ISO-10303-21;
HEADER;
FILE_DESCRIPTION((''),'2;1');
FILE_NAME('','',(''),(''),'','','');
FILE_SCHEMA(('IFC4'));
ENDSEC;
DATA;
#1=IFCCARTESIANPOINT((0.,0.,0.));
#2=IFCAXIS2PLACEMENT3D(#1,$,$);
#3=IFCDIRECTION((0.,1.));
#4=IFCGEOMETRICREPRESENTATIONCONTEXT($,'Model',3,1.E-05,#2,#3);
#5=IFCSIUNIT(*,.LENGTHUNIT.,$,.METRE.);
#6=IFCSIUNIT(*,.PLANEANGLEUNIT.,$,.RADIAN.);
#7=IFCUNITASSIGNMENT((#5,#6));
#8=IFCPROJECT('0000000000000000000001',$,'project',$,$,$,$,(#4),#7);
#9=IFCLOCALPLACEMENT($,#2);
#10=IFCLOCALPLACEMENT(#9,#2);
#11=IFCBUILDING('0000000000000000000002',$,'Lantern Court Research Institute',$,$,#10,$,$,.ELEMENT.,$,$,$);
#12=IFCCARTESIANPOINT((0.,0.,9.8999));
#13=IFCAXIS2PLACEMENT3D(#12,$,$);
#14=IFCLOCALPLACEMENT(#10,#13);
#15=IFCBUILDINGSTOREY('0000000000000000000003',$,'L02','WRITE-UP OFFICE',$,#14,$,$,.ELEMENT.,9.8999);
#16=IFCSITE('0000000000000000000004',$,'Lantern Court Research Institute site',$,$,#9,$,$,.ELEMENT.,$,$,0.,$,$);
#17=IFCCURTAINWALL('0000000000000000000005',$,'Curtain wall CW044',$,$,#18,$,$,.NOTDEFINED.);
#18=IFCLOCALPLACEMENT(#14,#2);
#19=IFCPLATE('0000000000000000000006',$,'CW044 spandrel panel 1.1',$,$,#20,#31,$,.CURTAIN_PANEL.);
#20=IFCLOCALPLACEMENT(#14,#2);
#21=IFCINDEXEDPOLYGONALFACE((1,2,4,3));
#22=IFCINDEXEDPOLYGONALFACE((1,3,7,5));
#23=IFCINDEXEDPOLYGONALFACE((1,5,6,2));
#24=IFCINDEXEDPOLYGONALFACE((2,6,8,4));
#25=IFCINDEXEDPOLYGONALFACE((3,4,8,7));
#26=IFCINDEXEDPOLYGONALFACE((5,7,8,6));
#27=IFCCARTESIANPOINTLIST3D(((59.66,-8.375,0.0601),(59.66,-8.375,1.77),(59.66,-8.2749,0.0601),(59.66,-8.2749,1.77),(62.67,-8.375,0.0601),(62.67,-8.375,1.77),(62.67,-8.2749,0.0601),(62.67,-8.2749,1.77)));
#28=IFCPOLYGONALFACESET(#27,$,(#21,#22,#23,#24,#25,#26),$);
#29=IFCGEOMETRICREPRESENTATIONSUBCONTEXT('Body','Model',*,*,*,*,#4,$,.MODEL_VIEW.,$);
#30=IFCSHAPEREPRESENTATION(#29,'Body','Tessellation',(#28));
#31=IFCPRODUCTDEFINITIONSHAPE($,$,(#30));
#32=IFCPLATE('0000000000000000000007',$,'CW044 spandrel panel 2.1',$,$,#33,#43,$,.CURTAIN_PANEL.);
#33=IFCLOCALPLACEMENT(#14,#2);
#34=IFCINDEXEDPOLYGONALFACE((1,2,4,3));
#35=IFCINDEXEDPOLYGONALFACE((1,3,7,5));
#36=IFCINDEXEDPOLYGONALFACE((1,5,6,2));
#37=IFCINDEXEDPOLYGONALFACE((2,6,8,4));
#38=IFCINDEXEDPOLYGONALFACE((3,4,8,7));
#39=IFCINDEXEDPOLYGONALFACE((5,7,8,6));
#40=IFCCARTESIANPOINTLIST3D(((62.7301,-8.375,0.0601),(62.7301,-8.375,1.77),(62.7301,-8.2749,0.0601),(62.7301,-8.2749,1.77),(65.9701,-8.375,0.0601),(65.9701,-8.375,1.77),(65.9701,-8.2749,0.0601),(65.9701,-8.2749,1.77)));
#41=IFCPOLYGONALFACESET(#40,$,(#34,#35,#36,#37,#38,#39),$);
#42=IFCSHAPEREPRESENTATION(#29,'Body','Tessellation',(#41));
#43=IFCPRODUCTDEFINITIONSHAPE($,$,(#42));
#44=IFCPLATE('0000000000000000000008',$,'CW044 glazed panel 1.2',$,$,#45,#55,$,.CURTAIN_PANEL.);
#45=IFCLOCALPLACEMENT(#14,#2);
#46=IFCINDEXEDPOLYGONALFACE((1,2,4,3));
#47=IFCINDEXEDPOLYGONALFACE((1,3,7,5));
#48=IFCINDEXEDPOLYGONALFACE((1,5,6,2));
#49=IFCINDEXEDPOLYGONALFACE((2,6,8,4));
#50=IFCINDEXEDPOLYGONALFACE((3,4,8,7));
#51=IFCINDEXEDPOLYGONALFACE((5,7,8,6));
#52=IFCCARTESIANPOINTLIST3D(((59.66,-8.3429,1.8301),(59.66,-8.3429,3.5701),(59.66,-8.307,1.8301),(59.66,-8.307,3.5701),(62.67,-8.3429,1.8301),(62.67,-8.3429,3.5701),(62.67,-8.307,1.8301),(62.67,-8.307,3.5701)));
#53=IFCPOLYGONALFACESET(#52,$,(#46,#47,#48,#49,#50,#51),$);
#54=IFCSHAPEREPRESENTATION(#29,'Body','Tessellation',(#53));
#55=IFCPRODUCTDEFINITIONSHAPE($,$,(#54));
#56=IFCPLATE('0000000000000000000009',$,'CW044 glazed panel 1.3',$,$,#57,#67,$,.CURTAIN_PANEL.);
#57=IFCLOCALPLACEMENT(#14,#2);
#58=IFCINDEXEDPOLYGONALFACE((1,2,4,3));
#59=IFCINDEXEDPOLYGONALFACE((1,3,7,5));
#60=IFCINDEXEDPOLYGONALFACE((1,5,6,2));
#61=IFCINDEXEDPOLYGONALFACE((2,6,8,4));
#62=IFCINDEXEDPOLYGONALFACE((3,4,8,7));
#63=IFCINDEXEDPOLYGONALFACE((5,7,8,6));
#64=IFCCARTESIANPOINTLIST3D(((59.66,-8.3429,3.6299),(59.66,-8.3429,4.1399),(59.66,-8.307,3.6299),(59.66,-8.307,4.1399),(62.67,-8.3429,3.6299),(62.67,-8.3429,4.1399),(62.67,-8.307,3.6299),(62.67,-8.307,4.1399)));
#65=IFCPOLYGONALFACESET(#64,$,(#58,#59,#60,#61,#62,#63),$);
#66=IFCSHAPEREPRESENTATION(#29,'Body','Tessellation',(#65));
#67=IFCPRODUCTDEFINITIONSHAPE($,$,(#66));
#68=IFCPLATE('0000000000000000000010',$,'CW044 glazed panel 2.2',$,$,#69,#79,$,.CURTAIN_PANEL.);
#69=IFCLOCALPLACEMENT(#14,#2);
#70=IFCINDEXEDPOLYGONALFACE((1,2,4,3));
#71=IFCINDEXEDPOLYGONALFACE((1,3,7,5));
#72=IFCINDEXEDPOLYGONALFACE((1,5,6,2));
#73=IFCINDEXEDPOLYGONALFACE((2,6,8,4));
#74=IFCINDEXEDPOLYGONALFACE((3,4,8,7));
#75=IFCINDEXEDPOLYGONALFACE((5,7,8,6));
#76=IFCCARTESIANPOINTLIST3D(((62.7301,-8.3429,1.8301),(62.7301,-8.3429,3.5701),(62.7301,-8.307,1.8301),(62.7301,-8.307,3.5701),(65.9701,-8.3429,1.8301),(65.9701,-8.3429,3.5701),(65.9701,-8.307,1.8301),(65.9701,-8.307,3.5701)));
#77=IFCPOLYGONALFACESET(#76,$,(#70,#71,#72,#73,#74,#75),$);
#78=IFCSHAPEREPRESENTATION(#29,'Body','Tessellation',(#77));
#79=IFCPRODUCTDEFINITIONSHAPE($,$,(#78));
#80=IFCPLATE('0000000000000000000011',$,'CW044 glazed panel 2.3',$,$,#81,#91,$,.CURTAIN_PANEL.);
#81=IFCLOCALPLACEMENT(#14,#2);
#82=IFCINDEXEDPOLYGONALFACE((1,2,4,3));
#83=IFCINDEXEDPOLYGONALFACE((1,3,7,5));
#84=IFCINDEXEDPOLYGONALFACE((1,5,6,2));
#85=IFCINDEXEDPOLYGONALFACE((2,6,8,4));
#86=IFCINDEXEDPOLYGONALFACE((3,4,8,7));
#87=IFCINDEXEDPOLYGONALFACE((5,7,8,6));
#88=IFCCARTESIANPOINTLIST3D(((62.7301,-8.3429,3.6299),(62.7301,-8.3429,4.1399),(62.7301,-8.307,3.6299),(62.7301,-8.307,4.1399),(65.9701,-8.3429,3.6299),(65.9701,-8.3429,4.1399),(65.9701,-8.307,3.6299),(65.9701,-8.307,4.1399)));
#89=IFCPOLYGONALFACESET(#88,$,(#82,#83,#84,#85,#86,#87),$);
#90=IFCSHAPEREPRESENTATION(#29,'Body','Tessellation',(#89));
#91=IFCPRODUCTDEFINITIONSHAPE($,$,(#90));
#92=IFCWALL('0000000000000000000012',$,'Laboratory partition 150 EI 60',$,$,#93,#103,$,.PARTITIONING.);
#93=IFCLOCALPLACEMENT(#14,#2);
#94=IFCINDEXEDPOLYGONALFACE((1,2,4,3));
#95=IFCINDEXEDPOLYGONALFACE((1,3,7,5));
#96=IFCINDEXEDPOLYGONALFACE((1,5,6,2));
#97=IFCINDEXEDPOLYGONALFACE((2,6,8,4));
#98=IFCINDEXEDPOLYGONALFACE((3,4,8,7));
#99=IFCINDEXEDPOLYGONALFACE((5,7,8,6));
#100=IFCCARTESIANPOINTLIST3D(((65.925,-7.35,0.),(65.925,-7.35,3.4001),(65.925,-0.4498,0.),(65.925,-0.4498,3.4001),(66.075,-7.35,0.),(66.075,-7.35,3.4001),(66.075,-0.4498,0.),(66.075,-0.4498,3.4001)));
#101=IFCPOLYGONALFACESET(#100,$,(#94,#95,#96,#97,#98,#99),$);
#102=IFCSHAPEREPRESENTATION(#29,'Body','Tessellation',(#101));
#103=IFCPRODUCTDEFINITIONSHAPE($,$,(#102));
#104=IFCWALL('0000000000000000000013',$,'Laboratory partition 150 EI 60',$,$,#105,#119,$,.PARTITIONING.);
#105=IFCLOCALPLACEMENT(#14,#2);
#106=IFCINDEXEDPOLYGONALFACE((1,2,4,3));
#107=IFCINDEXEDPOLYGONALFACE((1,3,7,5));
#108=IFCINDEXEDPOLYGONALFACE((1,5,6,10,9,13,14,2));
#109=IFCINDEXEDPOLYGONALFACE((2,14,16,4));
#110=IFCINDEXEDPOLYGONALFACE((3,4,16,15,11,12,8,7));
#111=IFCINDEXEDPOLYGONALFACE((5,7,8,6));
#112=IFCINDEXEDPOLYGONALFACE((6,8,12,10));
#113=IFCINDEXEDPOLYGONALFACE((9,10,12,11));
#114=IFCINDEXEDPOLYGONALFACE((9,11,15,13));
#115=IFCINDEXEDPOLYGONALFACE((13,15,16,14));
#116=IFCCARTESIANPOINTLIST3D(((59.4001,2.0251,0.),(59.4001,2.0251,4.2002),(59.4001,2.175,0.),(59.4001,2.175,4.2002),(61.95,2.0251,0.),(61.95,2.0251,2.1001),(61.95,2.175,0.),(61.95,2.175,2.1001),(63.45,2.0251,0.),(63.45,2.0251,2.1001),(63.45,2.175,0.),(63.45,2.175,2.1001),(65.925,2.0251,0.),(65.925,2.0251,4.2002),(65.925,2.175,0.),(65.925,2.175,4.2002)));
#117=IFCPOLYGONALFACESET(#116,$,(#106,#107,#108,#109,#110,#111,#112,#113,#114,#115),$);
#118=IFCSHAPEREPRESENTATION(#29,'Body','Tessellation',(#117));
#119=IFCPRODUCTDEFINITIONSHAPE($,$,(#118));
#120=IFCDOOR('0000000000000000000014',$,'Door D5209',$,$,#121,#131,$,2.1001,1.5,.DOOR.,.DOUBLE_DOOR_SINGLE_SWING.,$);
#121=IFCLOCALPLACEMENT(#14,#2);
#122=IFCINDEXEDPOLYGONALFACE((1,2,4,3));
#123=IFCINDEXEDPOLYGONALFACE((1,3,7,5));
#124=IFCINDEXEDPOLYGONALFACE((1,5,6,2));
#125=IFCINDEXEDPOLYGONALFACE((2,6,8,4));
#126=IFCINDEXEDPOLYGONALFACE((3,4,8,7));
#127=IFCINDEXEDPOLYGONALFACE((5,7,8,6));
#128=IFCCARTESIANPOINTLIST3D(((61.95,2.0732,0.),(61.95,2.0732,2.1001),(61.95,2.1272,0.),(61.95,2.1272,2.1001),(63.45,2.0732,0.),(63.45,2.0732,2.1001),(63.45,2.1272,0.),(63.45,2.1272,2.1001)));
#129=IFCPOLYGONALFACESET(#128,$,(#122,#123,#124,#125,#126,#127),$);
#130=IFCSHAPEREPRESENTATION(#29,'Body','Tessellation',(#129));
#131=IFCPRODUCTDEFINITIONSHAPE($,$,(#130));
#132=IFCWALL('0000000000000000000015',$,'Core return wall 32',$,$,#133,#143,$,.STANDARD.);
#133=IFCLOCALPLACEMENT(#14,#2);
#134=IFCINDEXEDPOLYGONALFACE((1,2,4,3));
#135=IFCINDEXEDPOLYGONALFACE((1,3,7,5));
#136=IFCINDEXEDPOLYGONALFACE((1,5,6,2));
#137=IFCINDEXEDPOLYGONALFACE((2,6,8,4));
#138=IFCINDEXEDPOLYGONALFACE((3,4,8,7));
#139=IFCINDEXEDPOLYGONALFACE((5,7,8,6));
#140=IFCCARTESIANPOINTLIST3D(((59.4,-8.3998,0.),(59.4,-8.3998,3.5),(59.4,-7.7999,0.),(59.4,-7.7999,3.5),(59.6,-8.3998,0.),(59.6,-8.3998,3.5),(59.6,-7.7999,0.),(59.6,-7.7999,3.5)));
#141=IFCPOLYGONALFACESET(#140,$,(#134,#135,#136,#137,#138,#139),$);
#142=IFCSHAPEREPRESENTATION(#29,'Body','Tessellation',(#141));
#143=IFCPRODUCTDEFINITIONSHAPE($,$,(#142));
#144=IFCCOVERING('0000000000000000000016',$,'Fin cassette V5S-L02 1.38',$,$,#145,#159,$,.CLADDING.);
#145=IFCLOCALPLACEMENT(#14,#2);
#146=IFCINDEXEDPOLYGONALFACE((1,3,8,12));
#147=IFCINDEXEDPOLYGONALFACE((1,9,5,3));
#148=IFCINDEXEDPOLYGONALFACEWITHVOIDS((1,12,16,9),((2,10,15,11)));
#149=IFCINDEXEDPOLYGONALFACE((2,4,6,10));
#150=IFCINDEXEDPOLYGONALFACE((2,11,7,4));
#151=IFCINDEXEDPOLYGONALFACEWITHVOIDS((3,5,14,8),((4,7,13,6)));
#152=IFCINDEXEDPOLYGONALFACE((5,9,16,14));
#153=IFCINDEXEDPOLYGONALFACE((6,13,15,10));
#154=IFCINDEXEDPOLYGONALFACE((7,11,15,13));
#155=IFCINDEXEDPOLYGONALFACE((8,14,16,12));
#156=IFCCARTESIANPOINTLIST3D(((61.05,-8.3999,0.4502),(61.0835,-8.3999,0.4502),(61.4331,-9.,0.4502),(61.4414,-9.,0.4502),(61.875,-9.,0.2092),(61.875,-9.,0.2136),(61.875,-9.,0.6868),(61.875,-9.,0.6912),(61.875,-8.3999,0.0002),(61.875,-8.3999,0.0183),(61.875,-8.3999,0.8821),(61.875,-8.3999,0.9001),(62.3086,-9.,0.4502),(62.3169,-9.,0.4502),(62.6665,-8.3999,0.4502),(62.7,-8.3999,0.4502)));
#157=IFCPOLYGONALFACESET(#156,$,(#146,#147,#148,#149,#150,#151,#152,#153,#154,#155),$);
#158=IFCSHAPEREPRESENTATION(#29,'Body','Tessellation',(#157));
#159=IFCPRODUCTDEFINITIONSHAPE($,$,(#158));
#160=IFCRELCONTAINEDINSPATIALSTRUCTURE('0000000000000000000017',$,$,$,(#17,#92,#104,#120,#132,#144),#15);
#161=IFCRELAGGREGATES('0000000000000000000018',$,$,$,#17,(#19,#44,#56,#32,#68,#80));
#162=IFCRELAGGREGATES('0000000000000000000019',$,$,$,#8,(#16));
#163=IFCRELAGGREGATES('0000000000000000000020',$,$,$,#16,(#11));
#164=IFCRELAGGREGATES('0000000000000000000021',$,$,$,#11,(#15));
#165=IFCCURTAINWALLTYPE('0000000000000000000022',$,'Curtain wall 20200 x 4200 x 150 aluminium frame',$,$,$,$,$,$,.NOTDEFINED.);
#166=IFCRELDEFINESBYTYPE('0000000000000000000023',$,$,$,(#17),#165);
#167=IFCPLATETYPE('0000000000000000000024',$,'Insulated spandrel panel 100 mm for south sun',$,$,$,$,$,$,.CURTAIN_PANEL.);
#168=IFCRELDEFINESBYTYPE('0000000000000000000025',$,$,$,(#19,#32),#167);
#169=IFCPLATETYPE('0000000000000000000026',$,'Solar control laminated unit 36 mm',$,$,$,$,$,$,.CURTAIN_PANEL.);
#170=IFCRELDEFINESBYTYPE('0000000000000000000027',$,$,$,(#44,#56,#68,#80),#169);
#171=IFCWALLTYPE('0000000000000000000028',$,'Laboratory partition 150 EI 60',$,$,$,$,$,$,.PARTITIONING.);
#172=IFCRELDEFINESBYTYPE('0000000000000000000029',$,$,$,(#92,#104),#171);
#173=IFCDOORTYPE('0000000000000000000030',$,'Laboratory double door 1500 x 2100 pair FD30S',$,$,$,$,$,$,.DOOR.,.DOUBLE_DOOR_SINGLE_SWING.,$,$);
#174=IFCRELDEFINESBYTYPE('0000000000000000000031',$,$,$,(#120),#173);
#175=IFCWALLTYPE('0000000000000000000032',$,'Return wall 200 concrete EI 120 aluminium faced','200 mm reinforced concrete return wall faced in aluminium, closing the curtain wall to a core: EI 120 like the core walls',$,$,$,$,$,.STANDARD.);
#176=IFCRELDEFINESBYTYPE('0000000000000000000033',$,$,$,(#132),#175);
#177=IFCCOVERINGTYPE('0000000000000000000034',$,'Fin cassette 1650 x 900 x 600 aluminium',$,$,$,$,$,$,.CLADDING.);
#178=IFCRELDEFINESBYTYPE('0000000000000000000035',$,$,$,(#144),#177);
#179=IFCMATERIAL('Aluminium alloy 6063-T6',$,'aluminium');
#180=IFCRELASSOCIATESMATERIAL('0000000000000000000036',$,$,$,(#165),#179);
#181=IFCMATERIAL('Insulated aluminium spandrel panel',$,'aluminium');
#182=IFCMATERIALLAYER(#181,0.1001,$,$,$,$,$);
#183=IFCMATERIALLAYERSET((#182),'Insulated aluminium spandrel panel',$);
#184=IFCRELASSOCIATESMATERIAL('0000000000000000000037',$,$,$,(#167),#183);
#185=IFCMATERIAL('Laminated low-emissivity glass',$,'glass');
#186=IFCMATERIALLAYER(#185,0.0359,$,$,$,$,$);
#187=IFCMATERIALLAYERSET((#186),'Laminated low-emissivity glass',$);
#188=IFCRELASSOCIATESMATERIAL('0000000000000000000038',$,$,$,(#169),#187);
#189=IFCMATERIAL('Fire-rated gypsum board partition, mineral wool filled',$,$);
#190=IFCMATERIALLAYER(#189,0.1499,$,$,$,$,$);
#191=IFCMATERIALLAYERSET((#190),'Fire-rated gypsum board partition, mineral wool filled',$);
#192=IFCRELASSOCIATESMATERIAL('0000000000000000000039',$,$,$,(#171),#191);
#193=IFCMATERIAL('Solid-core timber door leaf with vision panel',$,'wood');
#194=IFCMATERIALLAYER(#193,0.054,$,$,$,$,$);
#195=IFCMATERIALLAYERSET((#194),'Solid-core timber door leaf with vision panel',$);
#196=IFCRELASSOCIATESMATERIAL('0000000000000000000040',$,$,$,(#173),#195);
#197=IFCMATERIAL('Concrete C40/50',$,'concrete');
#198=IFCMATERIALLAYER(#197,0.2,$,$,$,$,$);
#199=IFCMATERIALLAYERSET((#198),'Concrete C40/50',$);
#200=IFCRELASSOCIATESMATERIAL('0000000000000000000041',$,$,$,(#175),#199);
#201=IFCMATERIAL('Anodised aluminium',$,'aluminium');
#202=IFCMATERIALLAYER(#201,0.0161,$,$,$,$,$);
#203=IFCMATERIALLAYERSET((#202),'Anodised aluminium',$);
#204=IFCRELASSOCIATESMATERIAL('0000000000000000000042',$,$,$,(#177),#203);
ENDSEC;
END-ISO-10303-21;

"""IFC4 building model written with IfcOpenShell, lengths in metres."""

from ifc_helpers import new_model, entity, si_unit, direction, frame, frame_2d, origin, origin_2d, place, context, subcontext, project, spatial, rectangle, extrude, material, layer, layer_set, type_object, element, fill, aggregate, save


model = new_model("IFC4")

# Units and contexts
model_context = context("Model", 3, precision=1e-05, world=origin(), true_north=direction((0.0, 1.0)))
body_context = subcontext(model_context, "Body", "Model", "MODEL_VIEW")
ifc_project = project(units=[si_unit("LENGTHUNIT", "METRE"), si_unit("PLANEANGLEUNIT", "RADIAN")], contexts=[model_context])

# Site, building, storey
site_placement = place(None, origin())
site = spatial("IfcSite", under=ifc_project, at=site_placement, Name="Lantern Court Research Institute site", CompositionType="ELEMENT", RefElevation=0.0)
building_placement = place(site_placement, origin())
building = spatial("IfcBuilding", under=site, at=building_placement, Name="Lantern Court Research Institute", CompositionType="ELEMENT")
storey_placement = place(building_placement, frame((0.0, 0.0, 9.8999)))
storey = spatial("IfcBuildingStorey", under=building, at=storey_placement, Name="L02", Description="WRITE-UP OFFICE", CompositionType="ELEMENT", Elevation=9.8999)

# Curtain wall
ifc_material_1 = material(Name="Aluminium alloy 6063-T6", Category="aluminium")
curtain_wall_type = type_object("IfcCurtainWallType", Name="Curtain wall 20200 x 4200 x 150 aluminium frame", PredefinedType="NOTDEFINED", material=ifc_material_1)
curtain_wall_placement = place(storey_placement, origin())
curtain_wall = element("IfcCurtainWall", 1, at=curtain_wall_placement, inside=storey, type_object=curtain_wall_type, Name="Curtain wall CW044", PredefinedType="NOTDEFINED")

# Plates
ifc_material_2 = material(Name="Insulated aluminium spandrel panel", Category="aluminium")
ifc_layer_1 = layer(ifc_material_2, 0.1001)
ifc_layer_set_1 = layer_set([ifc_layer_1], Name="Insulated aluminium spandrel panel")
plate_type_1 = type_object("IfcPlateType", Name="Insulated spandrel panel 100 mm for south sun", PredefinedType="CURTAIN_PANEL", material=ifc_layer_set_1)
plate_1_placement = place(storey_placement, frame((61.165, -8.325, 0.0601), z_axis=(0.0, 0.0, 1.0), x_axis=(-1.0, 0.0, 0.0)))
plate_1 = element("IfcPlate", 2, at=plate_1_placement, type_object=plate_type_1, Name="CW044 spandrel panel 1.1", PredefinedType="CURTAIN_PANEL", context=body_context, shape_type="SweptSolid", body=[
    extrude(rectangle(XDim=3.01, YDim=0.1001, at=origin_2d()), origin(), (0.0, 0.0, 1.0), 1.71),
])
plate_2_placement = place(storey_placement, frame((64.3501, -8.325, 0.0601), z_axis=(0.0, 0.0, 1.0), x_axis=(-1.0, 0.0, 0.0)))
plate_2 = element("IfcPlate", 3, at=plate_2_placement, type_object=plate_type_1, Name="CW044 spandrel panel 2.1", PredefinedType="CURTAIN_PANEL", context=body_context, shape_type="SweptSolid", body=[
    extrude(rectangle(XDim=3.24, YDim=0.1001, at=origin_2d()), origin(), (0.0, 0.0, 1.0), 1.71),
])
ifc_material_3 = material(Name="Laminated low-emissivity glass", Category="glass")
ifc_layer_2 = layer(ifc_material_3, 0.0359)
ifc_layer_set_2 = layer_set([ifc_layer_2], Name="Laminated low-emissivity glass")
plate_type_2 = type_object("IfcPlateType", Name="Solar control laminated unit 36 mm", PredefinedType="CURTAIN_PANEL", material=ifc_layer_set_2)
plate_3_placement = place(storey_placement, frame((61.165, -8.325, 1.8301), z_axis=(0.0, 0.0, 1.0), x_axis=(-1.0, 0.0, 0.0)))
plate_3 = element("IfcPlate", 4, at=plate_3_placement, type_object=plate_type_2, Name="CW044 glazed panel 1.2", PredefinedType="CURTAIN_PANEL", context=body_context, shape_type="SweptSolid", body=[
    extrude(rectangle(XDim=3.01, YDim=0.0359, at=origin_2d()), origin(), (0.0, 0.0, 1.0), 1.74),
])
plate_4_placement = place(storey_placement, frame((61.165, -8.325, 3.6299), z_axis=(0.0, 0.0, 1.0), x_axis=(-1.0, 0.0, 0.0)))
plate_4 = element("IfcPlate", 5, at=plate_4_placement, type_object=plate_type_2, Name="CW044 glazed panel 1.3", PredefinedType="CURTAIN_PANEL", context=body_context, shape_type="SweptSolid", body=[
    extrude(rectangle(XDim=3.01, YDim=0.0359, at=origin_2d()), origin(), (0.0, 0.0, 1.0), 0.51),
])
plate_5_placement = place(storey_placement, frame((64.3501, -8.325, 1.8301), z_axis=(0.0, 0.0, 1.0), x_axis=(-1.0, 0.0, 0.0)))
plate_5 = element("IfcPlate", 6, at=plate_5_placement, type_object=plate_type_2, Name="CW044 glazed panel 2.2", PredefinedType="CURTAIN_PANEL", context=body_context, shape_type="SweptSolid", body=[
    extrude(rectangle(XDim=3.24, YDim=0.0359, at=origin_2d()), origin(), (0.0, 0.0, 1.0), 1.74),
])
plate_6_placement = place(storey_placement, frame((64.3501, -8.325, 3.6299), z_axis=(0.0, 0.0, 1.0), x_axis=(-1.0, 0.0, 0.0)))
plate_6 = element("IfcPlate", 7, at=plate_6_placement, type_object=plate_type_2, Name="CW044 glazed panel 2.3", PredefinedType="CURTAIN_PANEL", context=body_context, shape_type="SweptSolid", body=[
    extrude(rectangle(XDim=3.24, YDim=0.0359, at=origin_2d()), origin(), (0.0, 0.0, 1.0), 0.51),
])
aggregate(curtain_wall, [plate_1, plate_3, plate_4, plate_2, plate_5, plate_6])

# Wall
ifc_material_4 = material(Name="Fire-rated gypsum board partition, mineral wool filled")
ifc_layer_3 = layer(ifc_material_4, 0.1499)
ifc_layer_set_3 = layer_set([ifc_layer_3], Name="Fire-rated gypsum board partition, mineral wool filled")
wall_type_1 = type_object("IfcWallType", Name="Laboratory partition 150 EI 60", PredefinedType="PARTITIONING", material=ifc_layer_set_3)
wall_1_placement = place(storey_placement, frame((66.0, -7.3501, 0.0), z_axis=(0.0, 0.0, 1.0), x_axis=(0.0, 1.0, 0.0)))
element("IfcWall", 8, at=wall_1_placement, inside=storey, type_object=wall_type_1, Name="Laboratory partition 150 EI 60", PredefinedType="PARTITIONING", context=body_context, shape_type="SweptSolid", body=[
    extrude(rectangle(XDim=6.9001, YDim=0.1499, at=frame_2d((3.4502, 0.0))), origin(), (0.0, 0.0, 1.0), 3.4001),
])

# Wall, opening, door
wall_2_placement = place(storey_placement, frame((65.925, 2.1001, 0.0), z_axis=(0.0, 0.0, 1.0), x_axis=(-1.0, 0.0, 0.0)))
wall_2 = element("IfcWall", 9, at=wall_2_placement, inside=storey, type_object=wall_type_1, Name="Laboratory partition 150 EI 60", PredefinedType="PARTITIONING", context=body_context, shape_type="SweptSolid", body=[
    extrude(rectangle(XDim=6.5249, YDim=0.1499, at=frame_2d((3.2625, 0.0))), origin(), (0.0, 0.0, 1.0), 4.2002),
])
opening_placement = place(wall_2_placement, frame((2.4751, 0.0, 0.0)))
opening = element("IfcOpeningElement", 10, at=opening_placement, cuts=wall_2, PredefinedType="OPENING", context=body_context, shape_type="SweptSolid", body=[
    extrude(rectangle(XDim=1.5, YDim=2.1001, at=frame_2d((0.75, 1.05))), frame((0.0, 0.085, 0.0), z_axis=(0.0, -1.0, 0.0), x_axis=(1.0, 0.0, 0.0)), (0.0, 0.0, 1.0), 0.1699),
])
ifc_material_5 = material(Name="Solid-core timber door leaf with vision panel", Category="wood")
ifc_layer_4 = layer(ifc_material_5, 0.054)
ifc_layer_set_4 = layer_set([ifc_layer_4], Name="Solid-core timber door leaf with vision panel")
door_type = type_object("IfcDoorType", Name="Laboratory double door 1500 x 2100 pair FD30S", OperationType="DOUBLE_DOOR_SINGLE_SWING", PredefinedType="DOOR", material=ifc_layer_set_4)
door_placement = place(opening_placement, origin())
door = element("IfcDoor", 11, at=door_placement, inside=storey, type_object=door_type, Name="Door D5209", OperationType="DOUBLE_DOOR_SINGLE_SWING", OverallHeight=2.1001, OverallWidth=1.5, PredefinedType="DOOR", context=body_context, shape_type="SweptSolid", body=[
    extrude(rectangle(XDim=1.5, YDim=2.1001, at=frame_2d((0.75, 1.05))), frame((0.0, 0.0269, 0.0), z_axis=(0.0, -1.0, 0.0), x_axis=(1.0, 0.0, 0.0)), (0.0, 0.0, 1.0), 0.054),
])
fill(opening, door)

# Wall
ifc_material_6 = material(Name="Concrete C40/50", Category="concrete")
ifc_layer_5 = layer(ifc_material_6, 0.2)
ifc_layer_set_5 = layer_set([ifc_layer_5], Name="Concrete C40/50")
wall_type_2 = type_object("IfcWallType", Name="Return wall 200 concrete EI 120 aluminium faced", Description="200 mm reinforced concrete return wall faced in aluminium, closing the curtain wall to a core: EI 120 like the core walls", PredefinedType="STANDARD", material=ifc_layer_set_5)
wall_3_placement = place(storey_placement, frame((59.5, -7.8, 0.0), z_axis=(0.0, 0.0, 1.0), x_axis=(0.0, -1.0, 0.0)))
element("IfcWall", 12, at=wall_3_placement, inside=storey, type_object=wall_type_2, Name="Core return wall 32", PredefinedType="STANDARD", context=body_context, shape_type="SweptSolid", body=[
    extrude(rectangle(XDim=0.5999, YDim=0.2, at=frame_2d((0.2998, 0.0))), origin(), (0.0, 0.0, 1.0), 3.5),
])

# Covering
ifc_material_7 = material(Name="Anodised aluminium", Category="aluminium")
ifc_layer_6 = layer(ifc_material_7, 0.0161)
ifc_layer_set_6 = layer_set([ifc_layer_6], Name="Anodised aluminium")
covering_type = type_object("IfcCoveringType", Name="Fin cassette 1650 x 900 x 600 aluminium", PredefinedType="CLADDING", material=ifc_layer_set_6)
covering_1_placement = place(storey_placement, frame((61.875, -8.3999, 0.4502), z_axis=(0.0, -1.0, 0.0), x_axis=(1.0, 0.0, 0.0)))
cartesian_point_1 = entity("IfcCartesianPoint", [0.825, 0.0])
cartesian_point_2 = entity("IfcCartesianPoint", [0.7915, 0.0])
cartesian_point_3 = entity("IfcCartesianPoint", [0.4419, 0.0])
cartesian_point_4 = entity("IfcCartesianPoint", [0.4336, 0.0])
element("IfcCovering", 13, at=covering_1_placement, inside=storey, type_object=covering_type, Name="Fin cassette V5S-L02 1.38", PredefinedType="CLADDING", context=body_context, shape_type="SweptSolid", body=[
    entity("IfcExtrudedAreaSolidTapered", entity("IfcArbitraryProfileDefWithVoids", "AREA", None, entity("IfcPolyline", [cartesian_point_1, entity("IfcCartesianPoint", [0.0, 0.45]), entity("IfcCartesianPoint", [-0.825, 0.0]), entity("IfcCartesianPoint", [0.0, -0.45]), cartesian_point_1]), [entity("IfcPolyline", [cartesian_point_2, entity("IfcCartesianPoint", [0.0, 0.4319]), entity("IfcCartesianPoint", [-0.7915, 0.0]), entity("IfcCartesianPoint", [0.0, -0.4319]), cartesian_point_2])]), entity("IfcAxis2Placement3D", entity("IfcCartesianPoint", [0.0, 0.0, 0.0])), entity("IfcDirection", [0.0, 0.0, 1.0]), 0.6001, entity("IfcArbitraryProfileDefWithVoids", "AREA", None, entity("IfcPolyline", [cartesian_point_3, entity("IfcCartesianPoint", [0.0, 0.241]), entity("IfcCartesianPoint", [-0.4419, 0.0]), entity("IfcCartesianPoint", [0.0, -0.241]), cartesian_point_3]), [entity("IfcPolyline", [cartesian_point_4, entity("IfcCartesianPoint", [0.0, 0.2366]), entity("IfcCartesianPoint", [-0.4336, 0.0]), entity("IfcCartesianPoint", [0.0, -0.2366]), cartesian_point_4])])),
])

save(model, "model.ifc")
